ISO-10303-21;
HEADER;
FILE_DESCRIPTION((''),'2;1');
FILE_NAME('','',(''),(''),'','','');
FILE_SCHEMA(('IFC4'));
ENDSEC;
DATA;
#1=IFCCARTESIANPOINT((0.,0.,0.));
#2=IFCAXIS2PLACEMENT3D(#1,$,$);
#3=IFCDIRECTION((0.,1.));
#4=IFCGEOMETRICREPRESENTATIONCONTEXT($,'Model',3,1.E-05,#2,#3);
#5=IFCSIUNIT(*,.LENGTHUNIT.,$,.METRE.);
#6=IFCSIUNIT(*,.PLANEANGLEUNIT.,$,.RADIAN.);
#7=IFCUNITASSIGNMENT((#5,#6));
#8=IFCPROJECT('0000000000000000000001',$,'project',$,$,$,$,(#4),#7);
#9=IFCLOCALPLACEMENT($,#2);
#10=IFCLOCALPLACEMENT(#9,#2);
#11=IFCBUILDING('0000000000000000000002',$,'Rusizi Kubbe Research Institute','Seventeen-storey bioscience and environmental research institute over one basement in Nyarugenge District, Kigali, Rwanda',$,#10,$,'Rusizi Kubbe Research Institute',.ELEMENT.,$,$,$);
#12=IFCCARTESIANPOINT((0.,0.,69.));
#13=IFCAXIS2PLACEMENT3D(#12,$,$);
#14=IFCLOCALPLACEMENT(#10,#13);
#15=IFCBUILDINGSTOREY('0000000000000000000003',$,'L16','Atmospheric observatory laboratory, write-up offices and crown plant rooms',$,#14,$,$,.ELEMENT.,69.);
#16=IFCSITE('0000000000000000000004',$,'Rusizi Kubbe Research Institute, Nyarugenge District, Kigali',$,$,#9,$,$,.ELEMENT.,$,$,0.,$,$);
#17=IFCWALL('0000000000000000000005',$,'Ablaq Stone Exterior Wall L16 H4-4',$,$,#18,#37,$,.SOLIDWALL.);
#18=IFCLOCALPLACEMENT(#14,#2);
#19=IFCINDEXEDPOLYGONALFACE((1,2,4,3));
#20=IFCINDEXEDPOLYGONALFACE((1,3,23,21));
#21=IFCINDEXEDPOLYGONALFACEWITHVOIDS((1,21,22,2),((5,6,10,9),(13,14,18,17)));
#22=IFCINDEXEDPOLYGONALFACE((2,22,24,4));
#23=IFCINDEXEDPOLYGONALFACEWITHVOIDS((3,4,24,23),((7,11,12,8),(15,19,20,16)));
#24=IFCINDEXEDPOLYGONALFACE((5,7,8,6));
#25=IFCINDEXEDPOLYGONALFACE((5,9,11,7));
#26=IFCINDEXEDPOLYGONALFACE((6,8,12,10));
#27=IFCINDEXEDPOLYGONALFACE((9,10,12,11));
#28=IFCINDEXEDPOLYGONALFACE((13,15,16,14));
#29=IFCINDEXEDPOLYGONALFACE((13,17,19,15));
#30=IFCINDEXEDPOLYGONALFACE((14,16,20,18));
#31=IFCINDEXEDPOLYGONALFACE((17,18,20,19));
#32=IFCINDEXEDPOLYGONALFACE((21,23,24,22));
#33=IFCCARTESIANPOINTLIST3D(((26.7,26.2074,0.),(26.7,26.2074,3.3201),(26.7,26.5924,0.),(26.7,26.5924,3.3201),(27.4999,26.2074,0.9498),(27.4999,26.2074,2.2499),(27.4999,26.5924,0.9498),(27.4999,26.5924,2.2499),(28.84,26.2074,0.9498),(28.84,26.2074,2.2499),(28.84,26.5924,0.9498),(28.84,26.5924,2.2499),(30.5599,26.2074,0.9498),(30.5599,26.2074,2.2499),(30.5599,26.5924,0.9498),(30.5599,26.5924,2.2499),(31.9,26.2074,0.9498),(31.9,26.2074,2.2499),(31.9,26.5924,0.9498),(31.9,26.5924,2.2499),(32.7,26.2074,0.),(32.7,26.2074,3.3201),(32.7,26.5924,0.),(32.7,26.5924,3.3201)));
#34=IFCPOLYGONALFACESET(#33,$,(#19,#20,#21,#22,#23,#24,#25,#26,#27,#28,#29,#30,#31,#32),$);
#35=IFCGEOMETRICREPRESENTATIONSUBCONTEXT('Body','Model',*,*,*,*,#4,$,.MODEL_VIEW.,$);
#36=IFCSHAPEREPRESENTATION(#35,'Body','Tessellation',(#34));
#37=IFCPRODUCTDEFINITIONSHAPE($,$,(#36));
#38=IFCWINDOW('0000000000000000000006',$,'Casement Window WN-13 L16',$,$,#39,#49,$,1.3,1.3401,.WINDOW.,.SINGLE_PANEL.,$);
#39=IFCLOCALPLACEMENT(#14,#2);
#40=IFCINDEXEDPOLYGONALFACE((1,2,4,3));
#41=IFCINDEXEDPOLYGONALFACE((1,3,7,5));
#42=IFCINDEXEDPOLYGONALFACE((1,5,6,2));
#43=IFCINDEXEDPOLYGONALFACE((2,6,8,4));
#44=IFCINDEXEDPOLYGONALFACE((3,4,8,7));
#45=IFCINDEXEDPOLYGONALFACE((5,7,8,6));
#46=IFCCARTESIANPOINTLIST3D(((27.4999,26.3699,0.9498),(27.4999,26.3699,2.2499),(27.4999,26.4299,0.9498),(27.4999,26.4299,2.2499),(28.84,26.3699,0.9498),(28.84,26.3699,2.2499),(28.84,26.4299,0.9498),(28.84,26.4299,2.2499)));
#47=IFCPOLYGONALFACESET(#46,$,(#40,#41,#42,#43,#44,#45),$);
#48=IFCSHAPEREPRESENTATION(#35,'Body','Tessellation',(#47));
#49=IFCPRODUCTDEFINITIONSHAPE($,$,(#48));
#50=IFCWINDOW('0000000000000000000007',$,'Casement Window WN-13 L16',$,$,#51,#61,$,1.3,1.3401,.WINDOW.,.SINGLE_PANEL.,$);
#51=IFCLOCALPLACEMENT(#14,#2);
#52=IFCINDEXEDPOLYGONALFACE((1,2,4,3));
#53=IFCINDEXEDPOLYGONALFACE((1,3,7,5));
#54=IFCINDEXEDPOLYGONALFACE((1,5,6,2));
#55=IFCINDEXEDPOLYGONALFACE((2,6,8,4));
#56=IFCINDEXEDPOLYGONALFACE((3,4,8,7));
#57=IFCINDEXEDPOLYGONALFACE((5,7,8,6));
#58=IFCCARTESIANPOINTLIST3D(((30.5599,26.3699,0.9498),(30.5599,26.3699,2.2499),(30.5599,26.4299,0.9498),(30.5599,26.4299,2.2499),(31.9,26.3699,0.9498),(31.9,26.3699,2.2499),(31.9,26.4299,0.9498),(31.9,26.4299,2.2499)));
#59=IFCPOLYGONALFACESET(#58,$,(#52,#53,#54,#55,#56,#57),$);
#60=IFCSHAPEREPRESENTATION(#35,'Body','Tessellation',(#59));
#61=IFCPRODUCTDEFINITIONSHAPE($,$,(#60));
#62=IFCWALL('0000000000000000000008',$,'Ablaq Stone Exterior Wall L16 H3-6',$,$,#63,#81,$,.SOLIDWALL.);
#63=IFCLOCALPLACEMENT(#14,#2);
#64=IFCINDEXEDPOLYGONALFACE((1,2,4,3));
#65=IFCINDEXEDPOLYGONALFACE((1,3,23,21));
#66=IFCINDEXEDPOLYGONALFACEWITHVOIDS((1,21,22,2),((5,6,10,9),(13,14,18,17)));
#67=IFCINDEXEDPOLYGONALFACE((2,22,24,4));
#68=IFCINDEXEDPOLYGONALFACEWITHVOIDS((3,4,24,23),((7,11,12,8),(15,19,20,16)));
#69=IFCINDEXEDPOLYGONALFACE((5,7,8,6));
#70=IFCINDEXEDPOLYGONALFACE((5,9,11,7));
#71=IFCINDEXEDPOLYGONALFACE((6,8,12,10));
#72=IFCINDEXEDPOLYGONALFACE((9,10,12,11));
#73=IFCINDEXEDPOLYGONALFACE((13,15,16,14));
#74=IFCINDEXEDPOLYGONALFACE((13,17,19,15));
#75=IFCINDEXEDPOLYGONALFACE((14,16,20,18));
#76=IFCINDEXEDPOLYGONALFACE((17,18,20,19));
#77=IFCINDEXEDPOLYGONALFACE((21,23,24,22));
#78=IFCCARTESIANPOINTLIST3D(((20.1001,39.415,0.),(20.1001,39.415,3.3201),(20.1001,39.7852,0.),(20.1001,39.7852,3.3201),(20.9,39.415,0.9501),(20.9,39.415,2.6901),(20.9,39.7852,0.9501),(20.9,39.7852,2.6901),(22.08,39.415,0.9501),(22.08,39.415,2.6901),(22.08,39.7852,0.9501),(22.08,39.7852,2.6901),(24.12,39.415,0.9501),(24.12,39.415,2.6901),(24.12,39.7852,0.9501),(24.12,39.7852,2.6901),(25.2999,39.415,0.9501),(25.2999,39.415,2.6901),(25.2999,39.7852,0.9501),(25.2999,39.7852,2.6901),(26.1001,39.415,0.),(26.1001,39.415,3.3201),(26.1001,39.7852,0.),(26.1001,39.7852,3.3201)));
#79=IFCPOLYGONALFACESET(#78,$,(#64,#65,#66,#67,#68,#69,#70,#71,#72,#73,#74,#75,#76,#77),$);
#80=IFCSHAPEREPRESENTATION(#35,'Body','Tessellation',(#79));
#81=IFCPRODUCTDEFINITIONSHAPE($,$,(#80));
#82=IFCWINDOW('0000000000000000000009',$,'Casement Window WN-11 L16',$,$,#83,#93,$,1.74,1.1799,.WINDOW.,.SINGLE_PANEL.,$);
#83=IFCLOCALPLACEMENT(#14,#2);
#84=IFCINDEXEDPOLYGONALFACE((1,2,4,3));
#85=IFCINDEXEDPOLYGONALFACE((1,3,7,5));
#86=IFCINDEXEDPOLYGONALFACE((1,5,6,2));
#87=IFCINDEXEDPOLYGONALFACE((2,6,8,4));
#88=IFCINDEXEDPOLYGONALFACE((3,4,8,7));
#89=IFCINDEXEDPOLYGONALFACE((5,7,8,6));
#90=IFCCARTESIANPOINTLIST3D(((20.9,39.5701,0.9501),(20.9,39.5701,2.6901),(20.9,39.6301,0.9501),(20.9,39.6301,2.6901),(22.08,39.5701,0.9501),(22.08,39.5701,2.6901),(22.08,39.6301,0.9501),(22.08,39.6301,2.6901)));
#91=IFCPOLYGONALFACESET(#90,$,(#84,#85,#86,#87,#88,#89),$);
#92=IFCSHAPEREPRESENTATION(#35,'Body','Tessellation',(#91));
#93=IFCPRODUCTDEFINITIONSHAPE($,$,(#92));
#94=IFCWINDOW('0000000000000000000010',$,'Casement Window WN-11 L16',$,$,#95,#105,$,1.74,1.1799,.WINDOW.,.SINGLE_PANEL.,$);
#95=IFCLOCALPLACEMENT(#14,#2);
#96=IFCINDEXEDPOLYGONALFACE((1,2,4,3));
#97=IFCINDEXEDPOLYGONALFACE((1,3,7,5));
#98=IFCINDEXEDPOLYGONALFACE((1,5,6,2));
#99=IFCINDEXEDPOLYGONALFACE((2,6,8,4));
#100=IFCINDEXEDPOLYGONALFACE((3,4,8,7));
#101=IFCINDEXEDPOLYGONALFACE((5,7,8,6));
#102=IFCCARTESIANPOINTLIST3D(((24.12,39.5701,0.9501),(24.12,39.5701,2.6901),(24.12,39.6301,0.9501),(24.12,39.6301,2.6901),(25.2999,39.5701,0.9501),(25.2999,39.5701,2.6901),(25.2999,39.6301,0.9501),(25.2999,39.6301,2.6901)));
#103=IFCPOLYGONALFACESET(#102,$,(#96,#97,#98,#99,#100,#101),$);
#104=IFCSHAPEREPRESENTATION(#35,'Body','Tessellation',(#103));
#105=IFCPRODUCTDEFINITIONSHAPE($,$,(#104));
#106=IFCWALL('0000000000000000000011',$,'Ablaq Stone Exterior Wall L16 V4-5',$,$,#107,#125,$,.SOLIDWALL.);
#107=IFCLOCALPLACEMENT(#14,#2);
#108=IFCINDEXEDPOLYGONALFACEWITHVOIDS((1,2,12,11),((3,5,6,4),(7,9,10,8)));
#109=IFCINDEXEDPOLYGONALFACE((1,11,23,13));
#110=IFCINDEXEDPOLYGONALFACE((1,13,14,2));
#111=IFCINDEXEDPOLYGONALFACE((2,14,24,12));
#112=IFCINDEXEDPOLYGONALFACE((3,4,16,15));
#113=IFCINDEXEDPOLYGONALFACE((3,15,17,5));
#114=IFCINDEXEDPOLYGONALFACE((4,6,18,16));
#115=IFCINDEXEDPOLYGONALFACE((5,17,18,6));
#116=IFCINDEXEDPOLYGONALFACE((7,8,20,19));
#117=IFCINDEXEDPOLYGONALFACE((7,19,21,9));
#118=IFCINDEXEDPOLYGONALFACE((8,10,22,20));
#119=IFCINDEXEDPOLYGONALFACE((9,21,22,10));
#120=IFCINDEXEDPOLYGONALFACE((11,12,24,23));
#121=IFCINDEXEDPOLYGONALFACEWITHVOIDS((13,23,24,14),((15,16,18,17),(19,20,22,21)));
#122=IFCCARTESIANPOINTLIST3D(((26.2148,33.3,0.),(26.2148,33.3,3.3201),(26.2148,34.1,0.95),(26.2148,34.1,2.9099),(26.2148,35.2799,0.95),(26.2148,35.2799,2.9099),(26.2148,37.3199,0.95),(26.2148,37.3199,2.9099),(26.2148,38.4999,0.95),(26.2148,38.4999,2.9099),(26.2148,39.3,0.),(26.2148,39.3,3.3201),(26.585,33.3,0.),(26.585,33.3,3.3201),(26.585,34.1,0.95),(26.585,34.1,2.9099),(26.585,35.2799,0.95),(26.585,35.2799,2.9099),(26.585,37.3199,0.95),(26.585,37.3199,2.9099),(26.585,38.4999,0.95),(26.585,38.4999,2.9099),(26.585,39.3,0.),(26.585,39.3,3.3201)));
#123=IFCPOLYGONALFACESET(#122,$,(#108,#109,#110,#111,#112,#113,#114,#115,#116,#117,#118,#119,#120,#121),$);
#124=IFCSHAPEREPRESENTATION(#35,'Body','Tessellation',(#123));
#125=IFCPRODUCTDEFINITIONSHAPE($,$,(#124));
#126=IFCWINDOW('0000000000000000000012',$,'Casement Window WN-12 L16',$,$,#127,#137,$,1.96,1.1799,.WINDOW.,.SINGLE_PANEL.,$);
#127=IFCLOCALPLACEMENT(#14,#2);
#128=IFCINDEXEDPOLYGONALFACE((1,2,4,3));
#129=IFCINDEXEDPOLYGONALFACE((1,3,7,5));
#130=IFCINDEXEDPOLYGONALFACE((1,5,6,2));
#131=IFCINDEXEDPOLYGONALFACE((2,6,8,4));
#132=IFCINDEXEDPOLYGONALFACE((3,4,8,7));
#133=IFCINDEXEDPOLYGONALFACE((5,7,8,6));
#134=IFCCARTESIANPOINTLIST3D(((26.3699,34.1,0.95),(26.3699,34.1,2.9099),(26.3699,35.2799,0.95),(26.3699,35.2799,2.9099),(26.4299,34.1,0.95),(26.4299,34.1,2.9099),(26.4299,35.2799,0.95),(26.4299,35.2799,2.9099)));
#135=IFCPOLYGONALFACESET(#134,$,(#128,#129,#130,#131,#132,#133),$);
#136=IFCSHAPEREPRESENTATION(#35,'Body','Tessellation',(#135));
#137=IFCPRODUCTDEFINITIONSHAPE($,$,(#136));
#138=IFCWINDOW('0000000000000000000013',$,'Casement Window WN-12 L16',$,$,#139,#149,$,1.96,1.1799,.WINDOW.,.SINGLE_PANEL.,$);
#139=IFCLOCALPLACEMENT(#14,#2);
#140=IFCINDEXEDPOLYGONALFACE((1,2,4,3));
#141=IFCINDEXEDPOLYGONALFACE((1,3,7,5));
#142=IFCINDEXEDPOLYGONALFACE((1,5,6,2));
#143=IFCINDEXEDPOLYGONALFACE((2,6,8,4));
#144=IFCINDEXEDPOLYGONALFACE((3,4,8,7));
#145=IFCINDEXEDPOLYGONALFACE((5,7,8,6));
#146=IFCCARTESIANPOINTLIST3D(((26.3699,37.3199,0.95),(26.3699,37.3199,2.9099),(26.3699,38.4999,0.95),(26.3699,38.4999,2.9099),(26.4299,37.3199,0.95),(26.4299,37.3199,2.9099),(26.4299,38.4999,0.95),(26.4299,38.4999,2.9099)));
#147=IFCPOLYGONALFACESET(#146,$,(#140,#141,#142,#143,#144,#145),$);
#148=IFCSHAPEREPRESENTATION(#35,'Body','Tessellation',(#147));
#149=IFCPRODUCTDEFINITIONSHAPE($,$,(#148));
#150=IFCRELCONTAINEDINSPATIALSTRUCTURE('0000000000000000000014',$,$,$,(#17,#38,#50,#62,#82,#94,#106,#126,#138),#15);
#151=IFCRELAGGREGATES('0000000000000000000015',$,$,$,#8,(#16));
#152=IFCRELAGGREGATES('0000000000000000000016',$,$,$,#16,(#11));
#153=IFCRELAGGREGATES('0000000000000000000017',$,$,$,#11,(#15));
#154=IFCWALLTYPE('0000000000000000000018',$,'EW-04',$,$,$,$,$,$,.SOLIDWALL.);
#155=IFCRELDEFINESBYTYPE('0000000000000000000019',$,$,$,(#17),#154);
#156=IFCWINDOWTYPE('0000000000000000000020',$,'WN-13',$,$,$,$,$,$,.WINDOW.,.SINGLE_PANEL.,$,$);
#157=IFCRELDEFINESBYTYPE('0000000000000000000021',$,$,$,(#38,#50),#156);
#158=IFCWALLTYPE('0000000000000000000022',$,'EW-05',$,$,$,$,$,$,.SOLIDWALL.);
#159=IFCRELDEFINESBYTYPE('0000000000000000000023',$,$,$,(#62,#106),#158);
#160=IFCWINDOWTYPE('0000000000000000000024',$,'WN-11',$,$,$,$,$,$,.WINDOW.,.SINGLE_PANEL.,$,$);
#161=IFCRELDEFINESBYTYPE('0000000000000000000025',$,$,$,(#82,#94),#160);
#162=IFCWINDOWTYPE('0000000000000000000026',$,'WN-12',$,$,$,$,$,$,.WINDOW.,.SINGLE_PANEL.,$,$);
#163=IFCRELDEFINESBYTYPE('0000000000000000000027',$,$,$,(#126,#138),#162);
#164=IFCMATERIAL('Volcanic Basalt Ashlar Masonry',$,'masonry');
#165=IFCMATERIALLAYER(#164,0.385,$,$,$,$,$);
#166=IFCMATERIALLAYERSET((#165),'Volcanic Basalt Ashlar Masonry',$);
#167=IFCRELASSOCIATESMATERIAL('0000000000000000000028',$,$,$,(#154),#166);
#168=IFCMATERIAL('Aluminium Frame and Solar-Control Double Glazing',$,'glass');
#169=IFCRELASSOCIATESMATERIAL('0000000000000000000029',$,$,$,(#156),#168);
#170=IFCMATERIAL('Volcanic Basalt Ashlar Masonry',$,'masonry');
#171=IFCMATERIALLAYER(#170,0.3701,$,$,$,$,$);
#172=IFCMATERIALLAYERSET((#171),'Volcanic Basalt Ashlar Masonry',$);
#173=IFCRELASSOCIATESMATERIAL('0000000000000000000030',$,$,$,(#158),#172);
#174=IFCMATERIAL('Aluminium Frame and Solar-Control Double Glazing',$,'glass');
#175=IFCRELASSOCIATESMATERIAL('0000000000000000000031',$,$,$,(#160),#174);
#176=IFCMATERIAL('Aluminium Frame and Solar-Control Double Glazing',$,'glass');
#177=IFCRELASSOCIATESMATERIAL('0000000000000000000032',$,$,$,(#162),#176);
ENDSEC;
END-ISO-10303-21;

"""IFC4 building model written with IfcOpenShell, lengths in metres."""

from ifc_helpers import new_model, si_unit, direction, frame, frame_2d, origin, place, context, subcontext, project, spatial, rectangle, extrude, material, layer, layer_set, type_object, element, fill, save


model = new_model("IFC4")

# Units and contexts
model_context = context("Model", 3, precision=1e-05, world=origin(), true_north=direction((0.0, 1.0)))
body_context = subcontext(model_context, "Body", "Model", "MODEL_VIEW")
ifc_project = project(units=[si_unit("LENGTHUNIT", "METRE"), si_unit("PLANEANGLEUNIT", "RADIAN")], contexts=[model_context])

# Site, building, storey
site_placement = place(None, origin())
site = spatial("IfcSite", under=ifc_project, at=site_placement, Name="Rusizi Kubbe Research Institute, Nyarugenge District, Kigali", CompositionType="ELEMENT", RefElevation=0.0)
building_placement = place(site_placement, origin())
building = spatial("IfcBuilding", under=site, at=building_placement, Name="Rusizi Kubbe Research Institute", Description="Seventeen-storey bioscience and environmental research institute over one basement in Nyarugenge District, Kigali, Rwanda", LongName="Rusizi Kubbe Research Institute", CompositionType="ELEMENT")
storey_placement = place(building_placement, frame((0.0, 0.0, 69.0)))
storey = spatial("IfcBuildingStorey", under=building, at=storey_placement, Name="L16", Description="Atmospheric observatory laboratory, write-up offices and crown plant rooms", CompositionType="ELEMENT", Elevation=69.0)

# Walls, openings, windows
ifc_material_1 = material(Name="Volcanic Basalt Ashlar Masonry", Category="masonry")
ifc_layer_1 = layer(ifc_material_1, 0.385)
ifc_layer_set_1 = layer_set([ifc_layer_1], Name="Volcanic Basalt Ashlar Masonry")
wall_type_1 = type_object("IfcWallType", Name="EW-04", PredefinedType="SOLIDWALL", material=ifc_layer_set_1)
wall_1_placement = place(storey_placement, frame((26.7, 26.3999, 0.0), z_axis=(0.0, 0.0, 1.0), x_axis=(1.0, 0.0, 0.0)))
wall_1 = element("IfcWall", 1, at=wall_1_placement, inside=storey, type_object=wall_type_1, Name="Ablaq Stone Exterior Wall L16 H4-4", PredefinedType="SOLIDWALL", context=body_context, shape_type="SweptSolid", body=[
    extrude(rectangle(XDim=6.0, YDim=0.385, at=frame_2d((3.0, 0.0))), origin(), (0.0, 0.0, 1.0), 3.3201),
])
opening_1_placement = place(wall_1_placement, frame((0.8, 0.0, 0.95)))
opening_1 = element("IfcOpeningElement", 2, at=opening_1_placement, cuts=wall_1, PredefinedType="OPENING", context=body_context, shape_type="SweptSolid", body=[
    extrude(rectangle(XDim=1.3401, YDim=1.3, at=frame_2d((0.6699, 0.6499))), frame((0.0, 0.2024, 0.0), z_axis=(0.0, -1.0, 0.0), x_axis=(1.0, 0.0, 0.0)), (0.0, 0.0, 1.0), 0.405),
])
opening_2_placement = place(wall_1_placement, frame((3.8601, 0.0, 0.95)))
opening_2 = element("IfcOpeningElement", 3, at=opening_2_placement, cuts=wall_1, PredefinedType="OPENING", context=body_context, shape_type="SweptSolid", body=[
    extrude(rectangle(XDim=1.3401, YDim=1.3, at=frame_2d((0.6699, 0.6499))), frame((0.0, 0.2024, 0.0), z_axis=(0.0, -1.0, 0.0), x_axis=(1.0, 0.0, 0.0)), (0.0, 0.0, 1.0), 0.405),
])
ifc_material_2 = material(Name="Aluminium Frame and Solar-Control Double Glazing", Category="glass")
window_type_1 = type_object("IfcWindowType", Name="WN-13", PartitioningType="SINGLE_PANEL", PredefinedType="WINDOW", material=ifc_material_2)
window_1_placement = place(opening_1_placement, origin())
window_1 = element("IfcWindow", 4, at=window_1_placement, inside=storey, type_object=window_type_1, Name="Casement Window WN-13 L16", OverallHeight=1.3, OverallWidth=1.3401, PartitioningType="SINGLE_PANEL", PredefinedType="WINDOW", context=body_context, shape_type="SweptSolid", body=[
    extrude(rectangle(XDim=1.3401, YDim=1.3, at=frame_2d((0.6699, 0.6499))), frame((0.0, 0.03, 0.0), z_axis=(0.0, -1.0, 0.0), x_axis=(1.0, 0.0, 0.0)), (0.0, 0.0, 1.0), 0.0601),
])
fill(opening_1, window_1)
window_2_placement = place(opening_2_placement, origin())
window_2 = element("IfcWindow", 5, at=window_2_placement, inside=storey, type_object=window_type_1, Name="Casement Window WN-13 L16", OverallHeight=1.3, OverallWidth=1.3401, PartitioningType="SINGLE_PANEL", PredefinedType="WINDOW", context=body_context, shape_type="SweptSolid", body=[
    extrude(rectangle(XDim=1.3401, YDim=1.3, at=frame_2d((0.6699, 0.6499))), frame((0.0, 0.03, 0.0), z_axis=(0.0, -1.0, 0.0), x_axis=(1.0, 0.0, 0.0)), (0.0, 0.0, 1.0), 0.0601),
])
fill(opening_2, window_2)
ifc_material_3 = material(Name="Volcanic Basalt Ashlar Masonry", Category="masonry")
ifc_layer_2 = layer(ifc_material_3, 0.3701)
ifc_layer_set_2 = layer_set([ifc_layer_2], Name="Volcanic Basalt Ashlar Masonry")
wall_type_2 = type_object("IfcWallType", Name="EW-05", PredefinedType="SOLIDWALL", material=ifc_layer_set_2)
wall_2_placement = place(storey_placement, frame((20.1001, 39.6001, 0.0), z_axis=(0.0, 0.0, 1.0), x_axis=(1.0, 0.0, 0.0)))
wall_2 = element("IfcWall", 6, at=wall_2_placement, inside=storey, type_object=wall_type_2, Name="Ablaq Stone Exterior Wall L16 H3-6", PredefinedType="SOLIDWALL", context=body_context, shape_type="SweptSolid", body=[
    extrude(rectangle(XDim=6.0, YDim=0.3701, at=frame_2d((3.0, 0.0))), origin(), (0.0, 0.0, 1.0), 3.3201),
])
opening_3_placement = place(wall_2_placement, frame((0.8, 0.0, 0.95)))
opening_3 = element("IfcOpeningElement", 7, at=opening_3_placement, cuts=wall_2, PredefinedType="OPENING", context=body_context, shape_type="SweptSolid", body=[
    extrude(rectangle(XDim=1.1799, YDim=1.74, at=frame_2d((0.5898, 0.8701))), frame((0.0, 0.1951, 0.0), z_axis=(0.0, -1.0, 0.0), x_axis=(1.0, 0.0, 0.0)), (0.0, 0.0, 1.0), 0.3901),
])
opening_4_placement = place(wall_2_placement, frame((4.02, 0.0, 0.95)))
opening_4 = element("IfcOpeningElement", 8, at=opening_4_placement, cuts=wall_2, PredefinedType="OPENING", context=body_context, shape_type="SweptSolid", body=[
    extrude(rectangle(XDim=1.1799, YDim=1.74, at=frame_2d((0.5898, 0.8701))), frame((0.0, 0.1951, 0.0), z_axis=(0.0, -1.0, 0.0), x_axis=(1.0, 0.0, 0.0)), (0.0, 0.0, 1.0), 0.3901),
])
ifc_material_4 = material(Name="Aluminium Frame and Solar-Control Double Glazing", Category="glass")
window_type_2 = type_object("IfcWindowType", Name="WN-11", PartitioningType="SINGLE_PANEL", PredefinedType="WINDOW", material=ifc_material_4)
window_3_placement = place(opening_3_placement, origin())
window_3 = element("IfcWindow", 9, at=window_3_placement, inside=storey, type_object=window_type_2, Name="Casement Window WN-11 L16", OverallHeight=1.74, OverallWidth=1.1799, PartitioningType="SINGLE_PANEL", PredefinedType="WINDOW", context=body_context, shape_type="SweptSolid", body=[
    extrude(rectangle(XDim=1.1799, YDim=1.74, at=frame_2d((0.5898, 0.8701))), frame((0.0, 0.03, 0.0), z_axis=(0.0, -1.0, 0.0), x_axis=(1.0, 0.0, 0.0)), (0.0, 0.0, 1.0), 0.0601),
])
fill(opening_3, window_3)
window_4_placement = place(opening_4_placement, origin())
window_4 = element("IfcWindow", 10, at=window_4_placement, inside=storey, type_object=window_type_2, Name="Casement Window WN-11 L16", OverallHeight=1.74, OverallWidth=1.1799, PartitioningType="SINGLE_PANEL", PredefinedType="WINDOW", context=body_context, shape_type="SweptSolid", body=[
    extrude(rectangle(XDim=1.1799, YDim=1.74, at=frame_2d((0.5898, 0.8701))), frame((0.0, 0.03, 0.0), z_axis=(0.0, -1.0, 0.0), x_axis=(1.0, 0.0, 0.0)), (0.0, 0.0, 1.0), 0.0601),
])
fill(opening_4, window_4)
wall_3_placement = place(storey_placement, frame((26.3999, 33.3, 0.0), z_axis=(0.0, 0.0, 1.0), x_axis=(0.0, 1.0, 0.0)))
wall_3 = element("IfcWall", 11, at=wall_3_placement, inside=storey, type_object=wall_type_2, Name="Ablaq Stone Exterior Wall L16 V4-5", PredefinedType="SOLIDWALL", context=body_context, shape_type="SweptSolid", body=[
    extrude(rectangle(XDim=6.0, YDim=0.3701, at=frame_2d((3.0, 0.0))), origin(), (0.0, 0.0, 1.0), 3.3201),
])
opening_5_placement = place(wall_3_placement, frame((0.8, 0.0, 0.95)))
opening_5 = element("IfcOpeningElement", 12, at=opening_5_placement, cuts=wall_3, PredefinedType="OPENING", context=body_context, shape_type="SweptSolid", body=[
    extrude(rectangle(XDim=1.1799, YDim=1.96, at=frame_2d((0.5898, 0.98))), frame((0.0, 0.1951, 0.0), z_axis=(0.0, -1.0, 0.0), x_axis=(1.0, 0.0, 0.0)), (0.0, 0.0, 1.0), 0.3901),
])
opening_6_placement = place(wall_3_placement, frame((4.02, 0.0, 0.95)))
opening_6 = element("IfcOpeningElement", 13, at=opening_6_placement, cuts=wall_3, PredefinedType="OPENING", context=body_context, shape_type="SweptSolid", body=[
    extrude(rectangle(XDim=1.1799, YDim=1.96, at=frame_2d((0.5898, 0.98))), frame((0.0, 0.1951, 0.0), z_axis=(0.0, -1.0, 0.0), x_axis=(1.0, 0.0, 0.0)), (0.0, 0.0, 1.0), 0.3901),
])
ifc_material_5 = material(Name="Aluminium Frame and Solar-Control Double Glazing", Category="glass")
window_type_3 = type_object("IfcWindowType", Name="WN-12", PartitioningType="SINGLE_PANEL", PredefinedType="WINDOW", material=ifc_material_5)
window_5_placement = place(opening_5_placement, origin())
window_5 = element("IfcWindow", 14, at=window_5_placement, inside=storey, type_object=window_type_3, Name="Casement Window WN-12 L16", OverallHeight=1.96, OverallWidth=1.1799, PartitioningType="SINGLE_PANEL", PredefinedType="WINDOW", context=body_context, shape_type="SweptSolid", body=[
    extrude(rectangle(XDim=1.1799, YDim=1.96, at=frame_2d((0.5898, 0.98))), frame((0.0, 0.03, 0.0), z_axis=(0.0, -1.0, 0.0), x_axis=(1.0, 0.0, 0.0)), (0.0, 0.0, 1.0), 0.0601),
])
fill(opening_5, window_5)
window_6_placement = place(opening_6_placement, origin())
window_6 = element("IfcWindow", 15, at=window_6_placement, inside=storey, type_object=window_type_3, Name="Casement Window WN-12 L16", OverallHeight=1.96, OverallWidth=1.1799, PartitioningType="SINGLE_PANEL", PredefinedType="WINDOW", context=body_context, shape_type="SweptSolid", body=[
    extrude(rectangle(XDim=1.1799, YDim=1.96, at=frame_2d((0.5898, 0.98))), frame((0.0, 0.03, 0.0), z_axis=(0.0, -1.0, 0.0), x_axis=(1.0, 0.0, 0.0)), (0.0, 0.0, 1.0), 0.0601),
])
fill(opening_6, window_6)

save(model, "model.ifc")
